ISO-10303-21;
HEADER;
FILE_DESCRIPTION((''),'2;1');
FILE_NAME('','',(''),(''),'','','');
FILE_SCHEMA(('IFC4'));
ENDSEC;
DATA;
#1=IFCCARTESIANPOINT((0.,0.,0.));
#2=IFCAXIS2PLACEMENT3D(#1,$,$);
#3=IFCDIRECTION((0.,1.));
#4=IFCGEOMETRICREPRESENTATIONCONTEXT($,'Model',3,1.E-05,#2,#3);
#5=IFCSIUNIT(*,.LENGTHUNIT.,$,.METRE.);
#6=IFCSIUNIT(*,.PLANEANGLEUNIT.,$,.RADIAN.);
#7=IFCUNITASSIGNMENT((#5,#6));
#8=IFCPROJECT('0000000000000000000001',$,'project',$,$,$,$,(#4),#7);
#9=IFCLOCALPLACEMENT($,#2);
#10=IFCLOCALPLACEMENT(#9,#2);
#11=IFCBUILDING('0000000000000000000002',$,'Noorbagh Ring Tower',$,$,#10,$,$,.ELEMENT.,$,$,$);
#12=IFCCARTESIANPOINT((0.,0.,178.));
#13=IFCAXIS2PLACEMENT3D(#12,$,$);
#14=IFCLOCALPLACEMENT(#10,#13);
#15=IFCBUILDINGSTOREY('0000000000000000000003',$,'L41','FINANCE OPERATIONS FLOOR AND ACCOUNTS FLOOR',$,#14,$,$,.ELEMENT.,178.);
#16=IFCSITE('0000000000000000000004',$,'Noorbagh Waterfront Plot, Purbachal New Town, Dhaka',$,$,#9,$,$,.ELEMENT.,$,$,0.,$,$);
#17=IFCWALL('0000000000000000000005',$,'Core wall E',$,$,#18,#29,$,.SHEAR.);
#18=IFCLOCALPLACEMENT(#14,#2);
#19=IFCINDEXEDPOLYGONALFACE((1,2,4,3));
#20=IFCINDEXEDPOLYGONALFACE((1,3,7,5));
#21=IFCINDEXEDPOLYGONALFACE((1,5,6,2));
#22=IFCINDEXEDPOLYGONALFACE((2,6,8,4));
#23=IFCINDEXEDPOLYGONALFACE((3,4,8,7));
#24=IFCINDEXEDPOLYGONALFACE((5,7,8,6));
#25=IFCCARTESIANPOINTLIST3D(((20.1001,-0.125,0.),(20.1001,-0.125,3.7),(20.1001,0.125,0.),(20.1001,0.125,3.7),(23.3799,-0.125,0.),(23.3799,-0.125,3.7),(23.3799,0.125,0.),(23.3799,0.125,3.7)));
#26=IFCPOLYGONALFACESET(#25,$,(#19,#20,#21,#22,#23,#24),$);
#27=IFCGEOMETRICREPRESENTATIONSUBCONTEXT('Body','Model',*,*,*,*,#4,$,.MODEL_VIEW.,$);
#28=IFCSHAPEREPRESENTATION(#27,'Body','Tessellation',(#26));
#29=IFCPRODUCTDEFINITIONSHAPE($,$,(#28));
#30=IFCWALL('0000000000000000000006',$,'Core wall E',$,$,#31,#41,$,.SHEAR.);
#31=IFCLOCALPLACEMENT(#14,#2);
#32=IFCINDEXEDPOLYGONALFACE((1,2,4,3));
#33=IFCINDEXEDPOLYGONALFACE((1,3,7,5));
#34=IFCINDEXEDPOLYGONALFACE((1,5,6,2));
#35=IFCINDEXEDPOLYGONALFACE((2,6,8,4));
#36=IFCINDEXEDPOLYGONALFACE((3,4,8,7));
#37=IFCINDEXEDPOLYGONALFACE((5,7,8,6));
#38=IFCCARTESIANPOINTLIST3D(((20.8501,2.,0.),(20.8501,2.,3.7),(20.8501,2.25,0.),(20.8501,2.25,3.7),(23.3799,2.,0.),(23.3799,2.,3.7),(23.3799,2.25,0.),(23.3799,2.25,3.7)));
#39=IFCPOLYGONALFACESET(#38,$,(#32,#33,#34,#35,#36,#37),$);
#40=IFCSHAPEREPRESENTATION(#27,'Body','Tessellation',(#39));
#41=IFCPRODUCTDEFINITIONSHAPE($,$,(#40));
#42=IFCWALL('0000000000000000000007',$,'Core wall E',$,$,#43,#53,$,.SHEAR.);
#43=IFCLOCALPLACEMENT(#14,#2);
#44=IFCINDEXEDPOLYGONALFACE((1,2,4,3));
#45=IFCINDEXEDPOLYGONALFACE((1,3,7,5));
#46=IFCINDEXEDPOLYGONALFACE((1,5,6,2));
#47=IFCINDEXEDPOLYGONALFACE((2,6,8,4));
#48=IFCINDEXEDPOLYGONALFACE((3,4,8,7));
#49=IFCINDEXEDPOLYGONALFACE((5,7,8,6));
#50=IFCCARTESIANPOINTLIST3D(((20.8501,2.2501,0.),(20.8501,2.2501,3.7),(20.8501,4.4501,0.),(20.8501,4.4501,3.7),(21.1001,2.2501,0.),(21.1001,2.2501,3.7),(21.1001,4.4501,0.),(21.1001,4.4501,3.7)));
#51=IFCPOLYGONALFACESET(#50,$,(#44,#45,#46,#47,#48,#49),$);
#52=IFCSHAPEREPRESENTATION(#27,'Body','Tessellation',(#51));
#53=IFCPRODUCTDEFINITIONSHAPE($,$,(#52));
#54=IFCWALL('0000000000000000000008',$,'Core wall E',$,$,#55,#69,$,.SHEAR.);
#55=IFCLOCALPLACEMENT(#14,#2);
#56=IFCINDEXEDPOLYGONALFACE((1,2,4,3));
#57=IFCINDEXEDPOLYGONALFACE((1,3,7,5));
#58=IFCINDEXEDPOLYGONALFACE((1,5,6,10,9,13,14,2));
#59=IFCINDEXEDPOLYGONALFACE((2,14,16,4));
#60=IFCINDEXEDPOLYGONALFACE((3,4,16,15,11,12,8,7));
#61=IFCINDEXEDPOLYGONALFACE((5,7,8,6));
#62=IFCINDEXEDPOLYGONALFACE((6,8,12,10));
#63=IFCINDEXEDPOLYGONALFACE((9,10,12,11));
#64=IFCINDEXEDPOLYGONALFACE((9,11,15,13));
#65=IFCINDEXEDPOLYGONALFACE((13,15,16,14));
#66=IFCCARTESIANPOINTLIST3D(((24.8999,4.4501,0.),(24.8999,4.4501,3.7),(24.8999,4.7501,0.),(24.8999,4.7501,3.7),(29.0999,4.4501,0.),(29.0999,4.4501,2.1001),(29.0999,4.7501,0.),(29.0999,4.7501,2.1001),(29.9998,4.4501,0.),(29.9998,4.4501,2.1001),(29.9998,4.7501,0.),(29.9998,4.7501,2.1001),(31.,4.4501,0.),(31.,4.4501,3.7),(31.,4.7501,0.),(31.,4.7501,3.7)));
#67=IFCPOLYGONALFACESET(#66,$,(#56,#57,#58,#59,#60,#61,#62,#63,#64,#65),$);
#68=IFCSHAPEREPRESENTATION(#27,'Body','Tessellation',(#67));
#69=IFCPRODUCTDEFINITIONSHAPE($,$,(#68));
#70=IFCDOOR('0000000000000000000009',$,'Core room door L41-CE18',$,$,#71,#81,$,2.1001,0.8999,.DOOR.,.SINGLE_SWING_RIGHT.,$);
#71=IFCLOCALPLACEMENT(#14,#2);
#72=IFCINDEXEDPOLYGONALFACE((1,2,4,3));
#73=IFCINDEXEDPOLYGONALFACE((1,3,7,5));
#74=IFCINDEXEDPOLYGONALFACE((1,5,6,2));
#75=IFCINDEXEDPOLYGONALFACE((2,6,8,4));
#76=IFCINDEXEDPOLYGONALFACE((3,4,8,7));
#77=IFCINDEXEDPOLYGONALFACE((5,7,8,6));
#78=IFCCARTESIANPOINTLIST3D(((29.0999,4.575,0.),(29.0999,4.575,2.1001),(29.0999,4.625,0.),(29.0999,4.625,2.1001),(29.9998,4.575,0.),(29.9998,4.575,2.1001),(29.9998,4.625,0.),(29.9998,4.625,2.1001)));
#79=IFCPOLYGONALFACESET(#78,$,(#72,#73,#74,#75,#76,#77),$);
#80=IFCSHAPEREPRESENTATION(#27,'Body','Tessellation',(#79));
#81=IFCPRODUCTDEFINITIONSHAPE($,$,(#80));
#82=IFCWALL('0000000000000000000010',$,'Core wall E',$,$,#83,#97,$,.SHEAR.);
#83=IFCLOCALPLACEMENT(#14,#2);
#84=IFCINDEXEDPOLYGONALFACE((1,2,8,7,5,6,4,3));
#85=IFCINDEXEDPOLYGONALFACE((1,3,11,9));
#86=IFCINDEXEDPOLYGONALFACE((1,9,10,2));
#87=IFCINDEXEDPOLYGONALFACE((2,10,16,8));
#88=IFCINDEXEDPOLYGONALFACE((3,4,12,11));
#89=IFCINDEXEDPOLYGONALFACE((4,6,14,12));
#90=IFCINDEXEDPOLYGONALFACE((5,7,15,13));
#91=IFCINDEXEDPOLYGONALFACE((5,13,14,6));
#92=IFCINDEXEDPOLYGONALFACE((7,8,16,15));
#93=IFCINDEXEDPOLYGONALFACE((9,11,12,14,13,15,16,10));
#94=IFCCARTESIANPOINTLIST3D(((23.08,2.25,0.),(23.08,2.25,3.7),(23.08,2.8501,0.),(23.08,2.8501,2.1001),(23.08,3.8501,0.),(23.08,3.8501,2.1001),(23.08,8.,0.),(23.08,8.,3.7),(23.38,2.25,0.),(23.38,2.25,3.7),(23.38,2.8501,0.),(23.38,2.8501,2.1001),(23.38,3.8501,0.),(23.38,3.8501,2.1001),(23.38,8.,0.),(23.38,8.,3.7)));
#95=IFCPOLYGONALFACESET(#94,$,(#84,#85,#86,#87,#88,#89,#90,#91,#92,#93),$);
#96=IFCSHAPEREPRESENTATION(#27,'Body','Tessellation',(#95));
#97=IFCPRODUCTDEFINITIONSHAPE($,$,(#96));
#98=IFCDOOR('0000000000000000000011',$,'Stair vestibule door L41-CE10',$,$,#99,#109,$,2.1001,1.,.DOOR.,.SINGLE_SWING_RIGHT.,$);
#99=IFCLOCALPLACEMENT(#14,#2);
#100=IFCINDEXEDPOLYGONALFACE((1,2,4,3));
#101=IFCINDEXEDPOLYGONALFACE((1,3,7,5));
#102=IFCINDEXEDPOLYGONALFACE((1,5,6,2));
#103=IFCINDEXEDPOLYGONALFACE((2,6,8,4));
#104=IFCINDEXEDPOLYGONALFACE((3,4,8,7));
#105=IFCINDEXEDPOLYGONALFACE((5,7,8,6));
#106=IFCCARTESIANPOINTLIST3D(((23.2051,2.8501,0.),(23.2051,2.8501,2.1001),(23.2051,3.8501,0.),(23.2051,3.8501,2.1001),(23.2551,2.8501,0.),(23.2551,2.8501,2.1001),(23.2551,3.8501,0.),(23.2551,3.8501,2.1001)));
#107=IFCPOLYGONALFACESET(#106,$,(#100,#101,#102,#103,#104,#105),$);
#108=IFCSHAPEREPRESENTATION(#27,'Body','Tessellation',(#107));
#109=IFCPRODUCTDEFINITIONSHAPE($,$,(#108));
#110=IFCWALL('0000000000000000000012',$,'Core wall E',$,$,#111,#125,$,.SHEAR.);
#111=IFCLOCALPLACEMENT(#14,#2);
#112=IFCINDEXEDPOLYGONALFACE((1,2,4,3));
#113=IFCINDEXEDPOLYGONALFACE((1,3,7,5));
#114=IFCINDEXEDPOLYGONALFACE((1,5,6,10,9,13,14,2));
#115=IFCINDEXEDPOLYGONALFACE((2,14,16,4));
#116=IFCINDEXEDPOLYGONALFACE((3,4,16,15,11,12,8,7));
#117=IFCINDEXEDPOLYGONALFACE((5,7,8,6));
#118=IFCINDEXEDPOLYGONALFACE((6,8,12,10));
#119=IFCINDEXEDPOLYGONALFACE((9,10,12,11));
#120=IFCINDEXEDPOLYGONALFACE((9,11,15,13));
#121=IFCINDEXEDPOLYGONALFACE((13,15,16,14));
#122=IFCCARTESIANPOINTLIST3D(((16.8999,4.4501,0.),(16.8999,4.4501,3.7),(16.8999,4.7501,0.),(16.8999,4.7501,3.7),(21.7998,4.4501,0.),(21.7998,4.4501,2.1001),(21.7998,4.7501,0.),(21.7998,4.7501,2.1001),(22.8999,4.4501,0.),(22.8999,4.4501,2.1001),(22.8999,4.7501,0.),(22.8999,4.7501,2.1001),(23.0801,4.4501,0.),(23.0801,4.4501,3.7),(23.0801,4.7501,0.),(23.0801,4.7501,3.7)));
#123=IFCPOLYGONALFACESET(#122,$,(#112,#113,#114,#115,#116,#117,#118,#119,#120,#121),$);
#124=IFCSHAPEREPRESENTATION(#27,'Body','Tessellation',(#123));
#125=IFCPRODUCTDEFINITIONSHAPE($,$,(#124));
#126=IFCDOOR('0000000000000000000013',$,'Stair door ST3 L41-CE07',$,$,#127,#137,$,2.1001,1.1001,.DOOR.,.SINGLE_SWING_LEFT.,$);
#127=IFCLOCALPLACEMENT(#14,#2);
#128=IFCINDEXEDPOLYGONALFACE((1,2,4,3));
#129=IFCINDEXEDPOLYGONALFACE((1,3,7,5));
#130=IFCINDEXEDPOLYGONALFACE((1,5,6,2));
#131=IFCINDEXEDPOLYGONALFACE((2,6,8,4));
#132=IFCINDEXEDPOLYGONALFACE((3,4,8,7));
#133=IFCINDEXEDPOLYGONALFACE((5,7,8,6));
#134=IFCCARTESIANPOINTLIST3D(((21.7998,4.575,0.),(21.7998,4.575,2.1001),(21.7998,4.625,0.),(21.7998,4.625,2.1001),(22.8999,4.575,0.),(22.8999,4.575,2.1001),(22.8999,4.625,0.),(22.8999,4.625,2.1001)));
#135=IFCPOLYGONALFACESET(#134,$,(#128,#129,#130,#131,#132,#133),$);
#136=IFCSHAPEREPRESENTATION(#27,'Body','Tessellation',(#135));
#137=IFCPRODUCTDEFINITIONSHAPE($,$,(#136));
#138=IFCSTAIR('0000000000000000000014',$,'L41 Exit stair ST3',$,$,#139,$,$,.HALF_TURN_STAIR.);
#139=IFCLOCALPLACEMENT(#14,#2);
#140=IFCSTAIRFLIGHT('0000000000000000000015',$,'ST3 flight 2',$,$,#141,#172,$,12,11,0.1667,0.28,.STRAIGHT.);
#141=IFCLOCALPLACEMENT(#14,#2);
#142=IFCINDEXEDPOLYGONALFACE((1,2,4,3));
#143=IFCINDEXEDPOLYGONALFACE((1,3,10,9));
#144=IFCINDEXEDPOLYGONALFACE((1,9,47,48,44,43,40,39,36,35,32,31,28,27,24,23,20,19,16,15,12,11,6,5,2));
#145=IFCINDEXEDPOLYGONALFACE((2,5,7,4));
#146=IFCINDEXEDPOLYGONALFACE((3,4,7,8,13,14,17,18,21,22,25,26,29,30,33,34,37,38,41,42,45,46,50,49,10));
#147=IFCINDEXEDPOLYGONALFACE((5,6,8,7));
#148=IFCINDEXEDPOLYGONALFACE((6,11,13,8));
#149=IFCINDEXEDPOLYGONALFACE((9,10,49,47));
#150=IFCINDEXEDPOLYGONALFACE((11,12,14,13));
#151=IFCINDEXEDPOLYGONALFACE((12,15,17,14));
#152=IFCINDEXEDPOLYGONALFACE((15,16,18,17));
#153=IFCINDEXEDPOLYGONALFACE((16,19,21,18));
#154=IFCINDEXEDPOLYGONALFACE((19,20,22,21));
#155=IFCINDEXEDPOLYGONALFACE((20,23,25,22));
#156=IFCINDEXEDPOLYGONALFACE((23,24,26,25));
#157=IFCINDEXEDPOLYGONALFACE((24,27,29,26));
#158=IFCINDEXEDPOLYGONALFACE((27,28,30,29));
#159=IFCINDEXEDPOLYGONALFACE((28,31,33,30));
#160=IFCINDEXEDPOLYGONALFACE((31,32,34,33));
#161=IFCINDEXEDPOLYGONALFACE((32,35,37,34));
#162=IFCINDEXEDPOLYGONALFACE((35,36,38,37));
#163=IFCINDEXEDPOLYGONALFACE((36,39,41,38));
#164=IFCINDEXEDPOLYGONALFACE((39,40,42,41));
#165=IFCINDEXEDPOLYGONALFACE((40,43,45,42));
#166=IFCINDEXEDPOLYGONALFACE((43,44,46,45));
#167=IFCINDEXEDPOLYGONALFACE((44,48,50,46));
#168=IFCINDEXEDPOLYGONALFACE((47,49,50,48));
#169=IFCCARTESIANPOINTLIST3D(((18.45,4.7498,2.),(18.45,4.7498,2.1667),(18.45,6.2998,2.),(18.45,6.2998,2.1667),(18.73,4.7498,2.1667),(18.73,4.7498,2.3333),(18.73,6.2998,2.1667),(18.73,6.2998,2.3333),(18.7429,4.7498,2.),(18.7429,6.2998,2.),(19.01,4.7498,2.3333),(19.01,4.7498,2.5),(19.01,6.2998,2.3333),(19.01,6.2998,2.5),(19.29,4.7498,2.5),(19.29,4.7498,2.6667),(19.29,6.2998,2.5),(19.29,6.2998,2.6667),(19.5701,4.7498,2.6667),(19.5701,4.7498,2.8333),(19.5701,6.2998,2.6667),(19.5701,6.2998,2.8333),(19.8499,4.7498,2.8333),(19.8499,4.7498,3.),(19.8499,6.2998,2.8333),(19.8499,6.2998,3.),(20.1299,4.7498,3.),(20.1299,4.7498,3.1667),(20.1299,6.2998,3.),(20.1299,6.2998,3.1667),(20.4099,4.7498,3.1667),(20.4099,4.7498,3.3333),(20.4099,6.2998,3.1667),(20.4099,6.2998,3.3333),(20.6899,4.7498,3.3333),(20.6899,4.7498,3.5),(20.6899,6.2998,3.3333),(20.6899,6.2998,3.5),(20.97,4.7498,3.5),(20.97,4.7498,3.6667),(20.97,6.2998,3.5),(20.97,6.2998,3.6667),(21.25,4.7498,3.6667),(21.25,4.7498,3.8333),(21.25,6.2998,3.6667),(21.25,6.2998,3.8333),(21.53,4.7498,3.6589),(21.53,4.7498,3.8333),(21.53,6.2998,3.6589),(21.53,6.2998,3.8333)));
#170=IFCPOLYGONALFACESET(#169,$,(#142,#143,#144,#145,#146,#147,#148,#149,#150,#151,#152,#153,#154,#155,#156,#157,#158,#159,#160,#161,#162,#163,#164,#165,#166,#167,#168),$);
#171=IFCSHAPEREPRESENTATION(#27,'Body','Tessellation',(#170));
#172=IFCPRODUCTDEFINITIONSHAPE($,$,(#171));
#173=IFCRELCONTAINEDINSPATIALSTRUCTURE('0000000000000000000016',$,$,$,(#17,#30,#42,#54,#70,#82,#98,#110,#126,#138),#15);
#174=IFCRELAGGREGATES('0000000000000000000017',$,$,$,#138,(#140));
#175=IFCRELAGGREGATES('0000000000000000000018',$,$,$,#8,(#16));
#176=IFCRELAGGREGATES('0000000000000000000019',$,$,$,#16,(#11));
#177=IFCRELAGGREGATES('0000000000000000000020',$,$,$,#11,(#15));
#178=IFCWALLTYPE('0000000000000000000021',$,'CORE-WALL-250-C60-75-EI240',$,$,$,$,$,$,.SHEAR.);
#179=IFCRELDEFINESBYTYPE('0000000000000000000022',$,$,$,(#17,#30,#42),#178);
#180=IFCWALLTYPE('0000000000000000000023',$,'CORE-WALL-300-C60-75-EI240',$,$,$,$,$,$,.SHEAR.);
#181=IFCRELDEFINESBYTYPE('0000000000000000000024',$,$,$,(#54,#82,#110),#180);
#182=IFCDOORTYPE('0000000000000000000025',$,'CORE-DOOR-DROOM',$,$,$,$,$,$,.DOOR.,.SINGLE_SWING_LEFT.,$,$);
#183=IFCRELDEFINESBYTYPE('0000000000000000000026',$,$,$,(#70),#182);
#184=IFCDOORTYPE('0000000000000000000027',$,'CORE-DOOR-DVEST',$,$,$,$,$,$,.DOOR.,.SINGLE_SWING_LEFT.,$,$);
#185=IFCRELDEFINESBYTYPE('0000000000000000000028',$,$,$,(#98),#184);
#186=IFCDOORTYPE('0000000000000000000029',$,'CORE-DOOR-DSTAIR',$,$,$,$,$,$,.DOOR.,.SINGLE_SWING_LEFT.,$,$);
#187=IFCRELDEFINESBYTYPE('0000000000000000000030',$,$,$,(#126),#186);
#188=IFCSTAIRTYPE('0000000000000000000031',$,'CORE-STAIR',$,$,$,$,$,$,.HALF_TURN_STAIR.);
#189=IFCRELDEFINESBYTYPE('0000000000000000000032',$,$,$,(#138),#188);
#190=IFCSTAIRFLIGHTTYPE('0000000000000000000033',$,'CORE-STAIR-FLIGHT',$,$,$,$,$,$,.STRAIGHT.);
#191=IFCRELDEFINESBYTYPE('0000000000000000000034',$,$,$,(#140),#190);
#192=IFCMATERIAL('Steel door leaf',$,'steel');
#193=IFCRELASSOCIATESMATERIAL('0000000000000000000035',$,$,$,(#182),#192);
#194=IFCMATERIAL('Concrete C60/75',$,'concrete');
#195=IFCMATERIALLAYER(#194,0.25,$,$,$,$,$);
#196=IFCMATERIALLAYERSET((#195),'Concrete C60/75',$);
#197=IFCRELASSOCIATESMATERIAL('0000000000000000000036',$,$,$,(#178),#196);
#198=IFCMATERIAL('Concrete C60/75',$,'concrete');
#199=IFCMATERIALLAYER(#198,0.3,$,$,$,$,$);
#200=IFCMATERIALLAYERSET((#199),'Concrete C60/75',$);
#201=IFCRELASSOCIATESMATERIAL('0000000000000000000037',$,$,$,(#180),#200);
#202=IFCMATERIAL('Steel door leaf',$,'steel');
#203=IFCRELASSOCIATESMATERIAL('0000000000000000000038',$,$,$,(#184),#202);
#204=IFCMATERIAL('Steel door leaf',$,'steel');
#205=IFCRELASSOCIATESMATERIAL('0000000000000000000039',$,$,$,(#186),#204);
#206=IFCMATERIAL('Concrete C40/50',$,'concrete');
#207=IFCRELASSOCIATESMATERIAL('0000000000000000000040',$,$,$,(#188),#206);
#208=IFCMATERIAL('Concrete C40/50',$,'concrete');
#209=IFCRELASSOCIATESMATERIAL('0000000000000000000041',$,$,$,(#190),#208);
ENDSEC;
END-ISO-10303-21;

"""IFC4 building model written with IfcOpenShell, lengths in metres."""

from ifc_helpers import new_model, si_unit, direction, frame, frame_2d, origin, place, context, subcontext, project, spatial, polyline, rectangle, outline, extrude, material, layer, layer_set, type_object, element, fill, aggregate, save


model = new_model("IFC4")

# Units and contexts
model_context = context("Model", 3, precision=1e-05, world=origin(), true_north=direction((0.0, 1.0)))
body_context = subcontext(model_context, "Body", "Model", "MODEL_VIEW")
ifc_project = project(units=[si_unit("LENGTHUNIT", "METRE"), si_unit("PLANEANGLEUNIT", "RADIAN")], contexts=[model_context])

# Site, building, storey
site_placement = place(None, origin())
site = spatial("IfcSite", under=ifc_project, at=site_placement, Name="Noorbagh Waterfront Plot, Purbachal New Town, Dhaka", CompositionType="ELEMENT", RefElevation=0.0)
building_placement = place(site_placement, origin())
building = spatial("IfcBuilding", under=site, at=building_placement, Name="Noorbagh Ring Tower", CompositionType="ELEMENT")
storey_placement = place(building_placement, frame((0.0, 0.0, 178.0)))
storey = spatial("IfcBuildingStorey", under=building, at=storey_placement, Name="L41", Description="FINANCE OPERATIONS FLOOR AND ACCOUNTS FLOOR", CompositionType="ELEMENT", Elevation=178.0)

# Shared definitions
ifc_material_1 = material(Name="Steel door leaf", Category="steel")
door_type_1 = type_object("IfcDoorType", Name="CORE-DOOR-DROOM", OperationType="SINGLE_SWING_LEFT", PredefinedType="DOOR", material=ifc_material_1)

# Walls
ifc_material_2 = material(Name="Concrete C60/75", Category="concrete")
ifc_layer_1 = layer(ifc_material_2, 0.25)
ifc_layer_set_1 = layer_set([ifc_layer_1], Name="Concrete C60/75")
wall_type_1 = type_object("IfcWallType", Name="CORE-WALL-250-C60-75-EI240", PredefinedType="SHEAR", material=ifc_layer_set_1)
wall_1_placement = place(storey_placement, frame((20.1001, 0.0, 0.0), z_axis=(0.0, 0.0, 1.0), x_axis=(1.0, 0.0, 0.0)))
element("IfcWall", 1, at=wall_1_placement, inside=storey, type_object=wall_type_1, Name="Core wall E", PredefinedType="SHEAR", context=body_context, shape_type="SweptSolid", body=[
    extrude(rectangle(XDim=3.2798, YDim=0.25, at=frame_2d((1.6399, 0.0))), origin(), (0.0, 0.0, 1.0), 3.7),
])
wall_2_placement = place(storey_placement, frame((20.8501, 2.125, 0.0), z_axis=(0.0, 0.0, 1.0), x_axis=(1.0, 0.0, 0.0)))
element("IfcWall", 2, at=wall_2_placement, inside=storey, type_object=wall_type_1, Name="Core wall E", PredefinedType="SHEAR", context=body_context, shape_type="SweptSolid", body=[
    extrude(rectangle(XDim=2.5298, YDim=0.25, at=frame_2d((1.2649, 0.0))), origin(), (0.0, 0.0, 1.0), 3.7),
])
wall_3_placement = place(storey_placement, frame((20.9751, 2.25, 0.0), z_axis=(0.0, 0.0, 1.0), x_axis=(0.0, 1.0, 0.0)))
element("IfcWall", 3, at=wall_3_placement, inside=storey, type_object=wall_type_1, Name="Core wall E", PredefinedType="SHEAR", context=body_context, shape_type="SweptSolid", body=[
    extrude(rectangle(XDim=2.2, YDim=0.25, at=frame_2d((1.1001, 0.0))), origin(), (0.0, 0.0, 1.0), 3.7),
])

# Walls, openings, doors
ifc_material_3 = material(Name="Concrete C60/75", Category="concrete")
ifc_layer_2 = layer(ifc_material_3, 0.3)
ifc_layer_set_2 = layer_set([ifc_layer_2], Name="Concrete C60/75")
wall_type_2 = type_object("IfcWallType", Name="CORE-WALL-300-C60-75-EI240", PredefinedType="SHEAR", material=ifc_layer_set_2)
wall_4_placement = place(storey_placement, frame((24.8999, 4.6001, 0.0), z_axis=(0.0, 0.0, 1.0), x_axis=(1.0, 0.0, 0.0)))
wall_4 = element("IfcWall", 4, at=wall_4_placement, inside=storey, type_object=wall_type_2, Name="Core wall E", PredefinedType="SHEAR", context=body_context, shape_type="SweptSolid", body=[
    extrude(rectangle(XDim=6.1001, YDim=0.3, at=frame_2d((3.05, 0.0))), origin(), (0.0, 0.0, 1.0), 3.7),
])
opening_1_placement = place(wall_4_placement, frame((4.2, 0.0, 0.0)))
opening_1 = element("IfcOpeningElement", 5, at=opening_1_placement, cuts=wall_4, PredefinedType="OPENING", context=body_context, shape_type="SweptSolid", body=[
    extrude(rectangle(XDim=0.8999, YDim=2.1001, at=frame_2d((0.45, 1.05))), frame((0.0, 0.1602, 0.0), z_axis=(0.0, -1.0, 0.0), x_axis=(1.0, 0.0, 0.0)), (0.0, 0.0, 1.0), 0.3201),
])
door_1_placement = place(opening_1_placement, origin())
door_1 = element("IfcDoor", 6, at=door_1_placement, inside=storey, type_object=door_type_1, Name="Core room door L41-CE18", OperationType="SINGLE_SWING_RIGHT", OverallHeight=2.1001, OverallWidth=0.8999, PredefinedType="DOOR", context=body_context, shape_type="SweptSolid", body=[
    extrude(rectangle(XDim=0.8999, YDim=2.1001, at=frame_2d((0.45, 1.05))), frame((0.0, 0.0249, 0.0), z_axis=(0.0, -1.0, 0.0), x_axis=(1.0, 0.0, 0.0)), (0.0, 0.0, 1.0), 0.05),
])
fill(opening_1, door_1)
wall_5_placement = place(storey_placement, frame((23.23, 2.25, 0.0), z_axis=(0.0, 0.0, 1.0), x_axis=(0.0, 1.0, 0.0)))
wall_5 = element("IfcWall", 7, at=wall_5_placement, inside=storey, type_object=wall_type_2, Name="Core wall E", PredefinedType="SHEAR", context=body_context, shape_type="SweptSolid", body=[
    extrude(rectangle(XDim=5.75, YDim=0.3, at=frame_2d((2.875, 0.0))), origin(), (0.0, 0.0, 1.0), 3.7),
])
opening_2_placement = place(wall_5_placement, frame((0.6001, 0.0, 0.0)))
opening_2 = element("IfcOpeningElement", 8, at=opening_2_placement, cuts=wall_5, PredefinedType="OPENING", context=body_context, shape_type="SweptSolid", body=[
    extrude(rectangle(XDim=1.0, YDim=2.1001, at=frame_2d((0.5, 1.05))), frame((0.0, 0.1602, 0.0), z_axis=(0.0, -1.0, 0.0), x_axis=(1.0, 0.0, 0.0)), (0.0, 0.0, 1.0), 0.3201),
])
ifc_material_4 = material(Name="Steel door leaf", Category="steel")
door_type_2 = type_object("IfcDoorType", Name="CORE-DOOR-DVEST", OperationType="SINGLE_SWING_LEFT", PredefinedType="DOOR", material=ifc_material_4)
door_2_placement = place(opening_2_placement, origin())
door_2 = element("IfcDoor", 9, at=door_2_placement, inside=storey, type_object=door_type_2, Name="Stair vestibule door L41-CE10", OperationType="SINGLE_SWING_RIGHT", OverallHeight=2.1001, OverallWidth=1.0, PredefinedType="DOOR", context=body_context, shape_type="SweptSolid", body=[
    extrude(rectangle(XDim=1.0, YDim=2.1001, at=frame_2d((0.5, 1.05))), frame((0.0, 0.0249, 0.0), z_axis=(0.0, -1.0, 0.0), x_axis=(1.0, 0.0, 0.0)), (0.0, 0.0, 1.0), 0.05),
])
fill(opening_2, door_2)
wall_6_placement = place(storey_placement, frame((16.8999, 4.6001, 0.0), z_axis=(0.0, 0.0, 1.0), x_axis=(1.0, 0.0, 0.0)))
wall_6 = element("IfcWall", 10, at=wall_6_placement, inside=storey, type_object=wall_type_2, Name="Core wall E", PredefinedType="SHEAR", context=body_context, shape_type="SweptSolid", body=[
    extrude(rectangle(XDim=6.1802, YDim=0.3, at=frame_2d((3.0901, 0.0))), origin(), (0.0, 0.0, 1.0), 3.7),
])
opening_3_placement = place(wall_6_placement, frame((4.8999, 0.0, 0.0)))
opening_3 = element("IfcOpeningElement", 11, at=opening_3_placement, cuts=wall_6, PredefinedType="OPENING", context=body_context, shape_type="SweptSolid", body=[
    extrude(rectangle(XDim=1.1001, YDim=2.1001, at=frame_2d((0.55, 1.05))), frame((0.0, 0.1602, 0.0), z_axis=(0.0, -1.0, 0.0), x_axis=(1.0, 0.0, 0.0)), (0.0, 0.0, 1.0), 0.3201),
])
ifc_material_5 = material(Name="Steel door leaf", Category="steel")
door_type_3 = type_object("IfcDoorType", Name="CORE-DOOR-DSTAIR", OperationType="SINGLE_SWING_LEFT", PredefinedType="DOOR", material=ifc_material_5)
door_3_placement = place(opening_3_placement, origin())
door_3 = element("IfcDoor", 12, at=door_3_placement, inside=storey, type_object=door_type_3, Name="Stair door ST3 L41-CE07", OperationType="SINGLE_SWING_LEFT", OverallHeight=2.1001, OverallWidth=1.1001, PredefinedType="DOOR", context=body_context, shape_type="SweptSolid", body=[
    extrude(rectangle(XDim=1.1001, YDim=2.1001, at=frame_2d((0.55, 1.05))), frame((0.0, 0.0249, 0.0), z_axis=(0.0, -1.0, 0.0), x_axis=(1.0, 0.0, 0.0)), (0.0, 0.0, 1.0), 0.05),
])
fill(opening_3, door_3)

# Stair, stair flight
ifc_material_6 = material(Name="Concrete C40/50", Category="concrete")
stair_type = type_object("IfcStairType", Name="CORE-STAIR", PredefinedType="HALF_TURN_STAIR", material=ifc_material_6)
stair_placement = place(storey_placement, origin())
stair = element("IfcStair", 13, at=stair_placement, inside=storey, type_object=stair_type, Name="L41 Exit stair ST3", PredefinedType="HALF_TURN_STAIR")
ifc_material_7 = material(Name="Concrete C40/50", Category="concrete")
stair_flight_type = type_object("IfcStairFlightType", Name="CORE-STAIR-FLIGHT", PredefinedType="STRAIGHT", material=ifc_material_7)
stair_flight_placement = place(storey_placement, frame((18.45, 5.5249, 2.0), z_axis=(0.0, 0.0, 1.0), x_axis=(1.0, 0.0, 0.0)))
stair_flight = element("IfcStairFlight", 14, at=stair_flight_placement, type_object=stair_flight_type, Name="ST3 flight 2", NumberOfRisers=12, NumberOfTreads=11, PredefinedType="STRAIGHT", RiserHeight=0.1667, TreadLength=0.28, context=body_context, shape_type="SweptSolid", body=[
    extrude(outline(polyline([(0.0, 0.0), (0.0, 0.1667), (0.28, 0.1667), (0.28, 0.3333), (0.5601, 0.3333), (0.5601, 0.5), (0.8401, 0.5), (0.8401, 0.6667), (1.1201, 0.6667), (1.1201, 0.8333), (1.3999, 0.8333), (1.3999, 1.0), (1.6799, 1.0), (1.6799, 1.1667), (1.96, 1.1667), (1.96, 1.3333), (2.24, 1.3333), (2.24, 1.5), (2.52, 1.5), (2.52, 1.6667), (2.8, 1.6667), (2.8, 1.8333), (3.0801, 1.8333), (3.0801, 2.0), (3.0801, 1.6589), (0.293, 0.0), (0.0, 0.0)])), frame((0.0, 0.7749, 0.0), z_axis=(0.0, -1.0, 0.0), x_axis=(1.0, 0.0, 0.0)), (0.0, 0.0, 1.0), 1.55),
])
aggregate(stair, [stair_flight])

save(model, "model.ifc")
